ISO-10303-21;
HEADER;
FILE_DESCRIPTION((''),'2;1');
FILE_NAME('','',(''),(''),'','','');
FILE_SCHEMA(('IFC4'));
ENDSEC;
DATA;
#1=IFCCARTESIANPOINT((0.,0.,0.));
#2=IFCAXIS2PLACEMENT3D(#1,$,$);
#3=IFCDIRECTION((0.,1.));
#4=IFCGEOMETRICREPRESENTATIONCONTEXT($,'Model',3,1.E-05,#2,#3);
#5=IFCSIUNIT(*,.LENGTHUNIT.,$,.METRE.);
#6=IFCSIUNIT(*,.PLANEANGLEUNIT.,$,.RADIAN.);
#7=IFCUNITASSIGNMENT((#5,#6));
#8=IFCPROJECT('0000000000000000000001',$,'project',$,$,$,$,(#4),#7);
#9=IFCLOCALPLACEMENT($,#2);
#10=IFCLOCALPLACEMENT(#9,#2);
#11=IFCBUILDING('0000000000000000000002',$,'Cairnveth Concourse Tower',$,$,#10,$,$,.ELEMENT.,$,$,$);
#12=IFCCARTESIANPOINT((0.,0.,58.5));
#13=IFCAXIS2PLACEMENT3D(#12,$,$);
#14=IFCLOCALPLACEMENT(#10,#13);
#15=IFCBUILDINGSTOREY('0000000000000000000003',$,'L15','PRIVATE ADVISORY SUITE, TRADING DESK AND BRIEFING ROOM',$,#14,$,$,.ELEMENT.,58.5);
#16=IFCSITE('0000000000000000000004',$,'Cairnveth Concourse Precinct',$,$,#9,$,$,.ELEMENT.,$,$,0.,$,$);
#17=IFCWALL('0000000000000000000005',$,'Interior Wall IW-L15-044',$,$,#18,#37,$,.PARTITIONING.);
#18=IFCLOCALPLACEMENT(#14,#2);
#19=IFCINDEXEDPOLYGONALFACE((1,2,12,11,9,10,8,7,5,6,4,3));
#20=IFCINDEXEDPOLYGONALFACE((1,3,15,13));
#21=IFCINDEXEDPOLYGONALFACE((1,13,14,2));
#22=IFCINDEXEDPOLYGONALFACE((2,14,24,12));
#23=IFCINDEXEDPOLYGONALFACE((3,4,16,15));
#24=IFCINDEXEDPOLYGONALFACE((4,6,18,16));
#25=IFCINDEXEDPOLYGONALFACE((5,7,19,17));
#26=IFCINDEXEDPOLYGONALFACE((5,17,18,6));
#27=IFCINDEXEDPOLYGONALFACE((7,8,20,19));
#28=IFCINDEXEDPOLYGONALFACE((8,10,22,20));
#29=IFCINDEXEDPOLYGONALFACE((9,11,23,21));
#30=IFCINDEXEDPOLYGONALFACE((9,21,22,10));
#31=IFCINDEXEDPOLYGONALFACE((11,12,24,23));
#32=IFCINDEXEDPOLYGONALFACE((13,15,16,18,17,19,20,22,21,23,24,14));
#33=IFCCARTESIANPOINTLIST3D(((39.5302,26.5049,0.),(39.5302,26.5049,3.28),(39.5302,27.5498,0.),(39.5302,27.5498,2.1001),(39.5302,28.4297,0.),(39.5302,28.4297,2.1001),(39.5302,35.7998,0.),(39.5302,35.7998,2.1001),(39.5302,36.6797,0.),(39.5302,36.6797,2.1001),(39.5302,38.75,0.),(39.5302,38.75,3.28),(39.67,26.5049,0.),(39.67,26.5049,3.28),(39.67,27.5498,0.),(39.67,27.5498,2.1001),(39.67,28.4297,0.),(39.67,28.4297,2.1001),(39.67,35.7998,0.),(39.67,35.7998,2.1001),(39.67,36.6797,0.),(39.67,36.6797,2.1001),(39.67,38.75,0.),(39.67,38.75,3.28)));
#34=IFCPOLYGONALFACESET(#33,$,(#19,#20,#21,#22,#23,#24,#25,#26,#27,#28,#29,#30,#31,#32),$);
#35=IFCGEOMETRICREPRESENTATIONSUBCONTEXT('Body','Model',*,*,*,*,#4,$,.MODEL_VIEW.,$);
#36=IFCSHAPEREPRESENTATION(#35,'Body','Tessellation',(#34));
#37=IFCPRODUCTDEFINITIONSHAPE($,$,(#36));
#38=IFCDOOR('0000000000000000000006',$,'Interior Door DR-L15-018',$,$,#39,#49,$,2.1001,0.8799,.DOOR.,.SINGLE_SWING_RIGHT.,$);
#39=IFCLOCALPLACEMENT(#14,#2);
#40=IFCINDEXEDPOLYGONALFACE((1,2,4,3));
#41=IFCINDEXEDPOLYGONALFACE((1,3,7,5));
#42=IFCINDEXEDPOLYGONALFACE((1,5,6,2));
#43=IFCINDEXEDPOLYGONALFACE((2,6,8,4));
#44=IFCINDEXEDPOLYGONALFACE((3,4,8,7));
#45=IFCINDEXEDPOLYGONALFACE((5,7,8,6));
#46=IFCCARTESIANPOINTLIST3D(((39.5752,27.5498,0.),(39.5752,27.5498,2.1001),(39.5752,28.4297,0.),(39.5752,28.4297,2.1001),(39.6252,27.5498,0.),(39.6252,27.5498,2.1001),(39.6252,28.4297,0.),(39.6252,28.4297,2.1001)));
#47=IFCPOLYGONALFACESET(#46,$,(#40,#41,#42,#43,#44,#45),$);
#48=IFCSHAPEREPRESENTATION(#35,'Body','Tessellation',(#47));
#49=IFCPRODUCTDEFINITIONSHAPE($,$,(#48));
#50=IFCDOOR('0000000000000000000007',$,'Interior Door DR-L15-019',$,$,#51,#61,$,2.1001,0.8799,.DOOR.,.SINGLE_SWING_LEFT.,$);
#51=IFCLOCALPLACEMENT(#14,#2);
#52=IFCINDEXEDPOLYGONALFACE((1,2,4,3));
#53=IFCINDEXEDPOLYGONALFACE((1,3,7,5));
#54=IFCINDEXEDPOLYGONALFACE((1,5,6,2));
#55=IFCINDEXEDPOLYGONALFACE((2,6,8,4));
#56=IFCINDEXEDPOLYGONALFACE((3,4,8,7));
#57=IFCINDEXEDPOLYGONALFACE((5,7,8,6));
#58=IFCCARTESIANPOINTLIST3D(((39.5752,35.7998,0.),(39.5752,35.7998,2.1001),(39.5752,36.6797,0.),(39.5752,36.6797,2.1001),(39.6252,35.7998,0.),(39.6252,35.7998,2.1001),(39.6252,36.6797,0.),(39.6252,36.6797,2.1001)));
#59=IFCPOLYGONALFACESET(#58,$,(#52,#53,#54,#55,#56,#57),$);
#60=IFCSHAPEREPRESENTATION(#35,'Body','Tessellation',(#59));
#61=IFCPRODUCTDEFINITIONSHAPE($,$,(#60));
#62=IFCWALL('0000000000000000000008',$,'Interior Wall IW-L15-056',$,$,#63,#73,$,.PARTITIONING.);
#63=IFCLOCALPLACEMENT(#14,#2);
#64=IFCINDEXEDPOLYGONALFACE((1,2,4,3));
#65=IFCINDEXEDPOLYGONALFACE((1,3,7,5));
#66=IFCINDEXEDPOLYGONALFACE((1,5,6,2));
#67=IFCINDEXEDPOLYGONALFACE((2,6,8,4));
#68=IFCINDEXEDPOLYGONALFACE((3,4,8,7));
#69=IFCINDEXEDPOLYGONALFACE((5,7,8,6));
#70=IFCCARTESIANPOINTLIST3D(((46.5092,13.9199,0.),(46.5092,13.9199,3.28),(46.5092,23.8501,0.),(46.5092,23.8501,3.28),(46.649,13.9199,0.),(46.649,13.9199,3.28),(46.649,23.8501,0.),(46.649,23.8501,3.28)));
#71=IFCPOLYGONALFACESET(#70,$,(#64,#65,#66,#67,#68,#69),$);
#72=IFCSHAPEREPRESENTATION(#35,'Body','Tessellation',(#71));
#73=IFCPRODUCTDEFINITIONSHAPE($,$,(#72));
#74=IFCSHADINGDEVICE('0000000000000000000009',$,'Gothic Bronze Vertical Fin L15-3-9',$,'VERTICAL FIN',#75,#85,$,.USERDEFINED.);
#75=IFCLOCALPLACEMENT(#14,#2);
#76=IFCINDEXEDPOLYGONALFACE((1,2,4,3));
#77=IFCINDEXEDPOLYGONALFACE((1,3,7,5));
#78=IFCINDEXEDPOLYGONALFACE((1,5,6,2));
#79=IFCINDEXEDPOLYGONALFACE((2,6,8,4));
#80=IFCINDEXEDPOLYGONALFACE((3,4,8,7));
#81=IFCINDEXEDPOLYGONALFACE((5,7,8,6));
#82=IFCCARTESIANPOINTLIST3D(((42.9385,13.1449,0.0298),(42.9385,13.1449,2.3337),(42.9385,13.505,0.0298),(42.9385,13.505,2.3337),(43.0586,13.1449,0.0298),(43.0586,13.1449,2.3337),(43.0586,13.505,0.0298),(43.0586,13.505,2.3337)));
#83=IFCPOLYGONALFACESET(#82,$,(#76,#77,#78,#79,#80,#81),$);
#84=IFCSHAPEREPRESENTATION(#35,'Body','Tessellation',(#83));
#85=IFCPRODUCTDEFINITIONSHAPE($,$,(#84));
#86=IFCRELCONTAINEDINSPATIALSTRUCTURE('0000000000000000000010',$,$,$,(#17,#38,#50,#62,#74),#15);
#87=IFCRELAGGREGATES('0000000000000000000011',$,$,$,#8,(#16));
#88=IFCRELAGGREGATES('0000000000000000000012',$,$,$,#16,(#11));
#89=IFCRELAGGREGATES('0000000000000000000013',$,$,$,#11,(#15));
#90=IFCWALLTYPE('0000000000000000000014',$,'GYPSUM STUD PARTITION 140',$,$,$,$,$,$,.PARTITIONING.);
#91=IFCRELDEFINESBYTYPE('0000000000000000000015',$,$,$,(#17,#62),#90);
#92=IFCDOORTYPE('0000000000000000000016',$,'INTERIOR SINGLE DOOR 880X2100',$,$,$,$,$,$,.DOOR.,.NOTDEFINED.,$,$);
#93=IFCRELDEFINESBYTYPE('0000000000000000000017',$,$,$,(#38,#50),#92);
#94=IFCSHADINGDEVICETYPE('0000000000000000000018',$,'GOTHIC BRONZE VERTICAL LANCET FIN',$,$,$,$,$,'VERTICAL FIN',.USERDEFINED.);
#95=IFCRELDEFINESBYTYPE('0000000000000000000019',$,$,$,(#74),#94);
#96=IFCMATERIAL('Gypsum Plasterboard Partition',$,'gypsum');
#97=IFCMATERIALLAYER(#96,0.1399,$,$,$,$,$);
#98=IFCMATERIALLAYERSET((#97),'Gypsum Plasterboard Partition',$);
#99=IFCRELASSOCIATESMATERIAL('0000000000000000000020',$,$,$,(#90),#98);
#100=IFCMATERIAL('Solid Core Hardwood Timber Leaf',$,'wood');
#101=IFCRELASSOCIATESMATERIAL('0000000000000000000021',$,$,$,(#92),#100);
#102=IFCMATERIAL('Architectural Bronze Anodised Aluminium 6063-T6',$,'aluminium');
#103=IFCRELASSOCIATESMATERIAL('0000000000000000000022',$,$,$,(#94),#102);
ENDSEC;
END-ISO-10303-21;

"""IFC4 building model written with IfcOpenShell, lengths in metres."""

from ifc_helpers import new_model, si_unit, direction, frame, frame_2d, origin, origin_2d, place, context, subcontext, project, spatial, rectangle, extrude, material, layer, layer_set, type_object, element, fill, save


model = new_model("IFC4")

# Units and contexts
model_context = context("Model", 3, precision=1e-05, world=origin(), true_north=direction((0.0, 1.0)))
body_context = subcontext(model_context, "Body", "Model", "MODEL_VIEW")
ifc_project = project(units=[si_unit("LENGTHUNIT", "METRE"), si_unit("PLANEANGLEUNIT", "RADIAN")], contexts=[model_context])

# Site, building, storey
site_placement = place(None, origin())
site = spatial("IfcSite", under=ifc_project, at=site_placement, Name="Cairnveth Concourse Precinct", CompositionType="ELEMENT", RefElevation=0.0)
building_placement = place(site_placement, origin())
building = spatial("IfcBuilding", under=site, at=building_placement, Name="Cairnveth Concourse Tower", CompositionType="ELEMENT")
storey_placement = place(building_placement, frame((0.0, 0.0, 58.5)))
storey = spatial("IfcBuildingStorey", under=building, at=storey_placement, Name="L15", Description="PRIVATE ADVISORY SUITE, TRADING DESK AND BRIEFING ROOM", CompositionType="ELEMENT", Elevation=58.5)

# Wall, openings, doors
ifc_material_1 = material(Name="Gypsum Plasterboard Partition", Category="gypsum")
ifc_layer = layer(ifc_material_1, 0.1399)
ifc_layer_set = layer_set([ifc_layer], Name="Gypsum Plasterboard Partition")
wall_type = type_object("IfcWallType", Name="GYPSUM STUD PARTITION 140", PredefinedType="PARTITIONING", material=ifc_layer_set)
wall_1_placement = place(storey_placement, frame((39.6001, 26.5049, 0.0), z_axis=(0.0, 0.0, 1.0), x_axis=(0.0, 1.0, 0.0)))
wall_1 = element("IfcWall", 1, at=wall_1_placement, inside=storey, type_object=wall_type, Name="Interior Wall IW-L15-044", PredefinedType="PARTITIONING", context=body_context, shape_type="SweptSolid", body=[
    extrude(rectangle(XDim=12.2451, YDim=0.1399, at=frame_2d((6.1226, 0.0))), origin(), (0.0, 0.0, 1.0), 3.28),
])
opening_1_placement = place(wall_1_placement, frame((1.0449, 0.0, 0.0)))
opening_1 = element("IfcOpeningElement", 2, at=opening_1_placement, cuts=wall_1, PredefinedType="OPENING", context=body_context, shape_type="SweptSolid", body=[
    extrude(rectangle(XDim=0.8799, YDim=2.1001, at=frame_2d((0.4399, 1.05))), frame((0.0, 0.0798, 0.0), z_axis=(0.0, -1.0, 0.0), x_axis=(1.0, 0.0, 0.0)), (0.0, 0.0, 1.0), 0.1599),
])
opening_2_placement = place(wall_1_placement, frame((9.2949, 0.0, 0.0)))
opening_2 = element("IfcOpeningElement", 3, at=opening_2_placement, cuts=wall_1, PredefinedType="OPENING", context=body_context, shape_type="SweptSolid", body=[
    extrude(rectangle(XDim=0.8799, YDim=2.1001, at=frame_2d((0.4399, 1.05))), frame((0.0, 0.0798, 0.0), z_axis=(0.0, -1.0, 0.0), x_axis=(1.0, 0.0, 0.0)), (0.0, 0.0, 1.0), 0.1599),
])
ifc_material_2 = material(Name="Solid Core Hardwood Timber Leaf", Category="wood")
door_type = type_object("IfcDoorType", Name="INTERIOR SINGLE DOOR 880X2100", OperationType="NOTDEFINED", PredefinedType="DOOR", material=ifc_material_2)
door_1_placement = place(opening_1_placement, origin())
door_1 = element("IfcDoor", 4, at=door_1_placement, inside=storey, type_object=door_type, Name="Interior Door DR-L15-018", OperationType="SINGLE_SWING_RIGHT", OverallHeight=2.1001, OverallWidth=0.8799, PredefinedType="DOOR", context=body_context, shape_type="SweptSolid", body=[
    extrude(rectangle(XDim=0.8799, YDim=2.1001, at=frame_2d((0.4399, 1.05))), frame((0.0, 0.0249, 0.0), z_axis=(0.0, -1.0, 0.0), x_axis=(1.0, 0.0, 0.0)), (0.0, 0.0, 1.0), 0.05),
])
fill(opening_1, door_1)
door_2_placement = place(opening_2_placement, origin())
door_2 = element("IfcDoor", 5, at=door_2_placement, inside=storey, type_object=door_type, Name="Interior Door DR-L15-019", OperationType="SINGLE_SWING_LEFT", OverallHeight=2.1001, OverallWidth=0.8799, PredefinedType="DOOR", context=body_context, shape_type="SweptSolid", body=[
    extrude(rectangle(XDim=0.8799, YDim=2.1001, at=frame_2d((0.4399, 1.05))), frame((0.0, 0.0249, 0.0), z_axis=(0.0, -1.0, 0.0), x_axis=(1.0, 0.0, 0.0)), (0.0, 0.0, 1.0), 0.05),
])
fill(opening_2, door_2)

# Wall
wall_2_placement = place(storey_placement, frame((46.5791, 13.9199, 0.0), z_axis=(0.0, 0.0, 1.0), x_axis=(0.0, 1.0, 0.0)))
element("IfcWall", 6, at=wall_2_placement, inside=storey, type_object=wall_type, Name="Interior Wall IW-L15-056", PredefinedType="PARTITIONING", context=body_context, shape_type="SweptSolid", body=[
    extrude(rectangle(XDim=9.9302, YDim=0.1399, at=frame_2d((4.9651, 0.0))), origin(), (0.0, 0.0, 1.0), 3.28),
])

# Shading device
ifc_material_3 = material(Name="Architectural Bronze Anodised Aluminium 6063-T6", Category="aluminium")
shading_device_type = type_object("IfcShadingDeviceType", Name="GOTHIC BRONZE VERTICAL LANCET FIN", ElementType="VERTICAL FIN", PredefinedType="USERDEFINED", material=ifc_material_3)
shading_device_placement = place(storey_placement, frame((42.9985, 13.325, 0.0298), z_axis=(0.0, 0.0, 1.0), x_axis=(1.0, 0.0, 0.0)))
element("IfcShadingDevice", 7, at=shading_device_placement, inside=storey, type_object=shading_device_type, Name="Gothic Bronze Vertical Fin L15-3-9", ObjectType="VERTICAL FIN", PredefinedType="USERDEFINED", context=body_context, shape_type="SweptSolid", body=[
    extrude(rectangle(XDim=0.1201, YDim=0.3601, at=origin_2d()), origin(), (0.0, 0.0, 1.0), 2.304),
])

save(model, "model.ifc")
